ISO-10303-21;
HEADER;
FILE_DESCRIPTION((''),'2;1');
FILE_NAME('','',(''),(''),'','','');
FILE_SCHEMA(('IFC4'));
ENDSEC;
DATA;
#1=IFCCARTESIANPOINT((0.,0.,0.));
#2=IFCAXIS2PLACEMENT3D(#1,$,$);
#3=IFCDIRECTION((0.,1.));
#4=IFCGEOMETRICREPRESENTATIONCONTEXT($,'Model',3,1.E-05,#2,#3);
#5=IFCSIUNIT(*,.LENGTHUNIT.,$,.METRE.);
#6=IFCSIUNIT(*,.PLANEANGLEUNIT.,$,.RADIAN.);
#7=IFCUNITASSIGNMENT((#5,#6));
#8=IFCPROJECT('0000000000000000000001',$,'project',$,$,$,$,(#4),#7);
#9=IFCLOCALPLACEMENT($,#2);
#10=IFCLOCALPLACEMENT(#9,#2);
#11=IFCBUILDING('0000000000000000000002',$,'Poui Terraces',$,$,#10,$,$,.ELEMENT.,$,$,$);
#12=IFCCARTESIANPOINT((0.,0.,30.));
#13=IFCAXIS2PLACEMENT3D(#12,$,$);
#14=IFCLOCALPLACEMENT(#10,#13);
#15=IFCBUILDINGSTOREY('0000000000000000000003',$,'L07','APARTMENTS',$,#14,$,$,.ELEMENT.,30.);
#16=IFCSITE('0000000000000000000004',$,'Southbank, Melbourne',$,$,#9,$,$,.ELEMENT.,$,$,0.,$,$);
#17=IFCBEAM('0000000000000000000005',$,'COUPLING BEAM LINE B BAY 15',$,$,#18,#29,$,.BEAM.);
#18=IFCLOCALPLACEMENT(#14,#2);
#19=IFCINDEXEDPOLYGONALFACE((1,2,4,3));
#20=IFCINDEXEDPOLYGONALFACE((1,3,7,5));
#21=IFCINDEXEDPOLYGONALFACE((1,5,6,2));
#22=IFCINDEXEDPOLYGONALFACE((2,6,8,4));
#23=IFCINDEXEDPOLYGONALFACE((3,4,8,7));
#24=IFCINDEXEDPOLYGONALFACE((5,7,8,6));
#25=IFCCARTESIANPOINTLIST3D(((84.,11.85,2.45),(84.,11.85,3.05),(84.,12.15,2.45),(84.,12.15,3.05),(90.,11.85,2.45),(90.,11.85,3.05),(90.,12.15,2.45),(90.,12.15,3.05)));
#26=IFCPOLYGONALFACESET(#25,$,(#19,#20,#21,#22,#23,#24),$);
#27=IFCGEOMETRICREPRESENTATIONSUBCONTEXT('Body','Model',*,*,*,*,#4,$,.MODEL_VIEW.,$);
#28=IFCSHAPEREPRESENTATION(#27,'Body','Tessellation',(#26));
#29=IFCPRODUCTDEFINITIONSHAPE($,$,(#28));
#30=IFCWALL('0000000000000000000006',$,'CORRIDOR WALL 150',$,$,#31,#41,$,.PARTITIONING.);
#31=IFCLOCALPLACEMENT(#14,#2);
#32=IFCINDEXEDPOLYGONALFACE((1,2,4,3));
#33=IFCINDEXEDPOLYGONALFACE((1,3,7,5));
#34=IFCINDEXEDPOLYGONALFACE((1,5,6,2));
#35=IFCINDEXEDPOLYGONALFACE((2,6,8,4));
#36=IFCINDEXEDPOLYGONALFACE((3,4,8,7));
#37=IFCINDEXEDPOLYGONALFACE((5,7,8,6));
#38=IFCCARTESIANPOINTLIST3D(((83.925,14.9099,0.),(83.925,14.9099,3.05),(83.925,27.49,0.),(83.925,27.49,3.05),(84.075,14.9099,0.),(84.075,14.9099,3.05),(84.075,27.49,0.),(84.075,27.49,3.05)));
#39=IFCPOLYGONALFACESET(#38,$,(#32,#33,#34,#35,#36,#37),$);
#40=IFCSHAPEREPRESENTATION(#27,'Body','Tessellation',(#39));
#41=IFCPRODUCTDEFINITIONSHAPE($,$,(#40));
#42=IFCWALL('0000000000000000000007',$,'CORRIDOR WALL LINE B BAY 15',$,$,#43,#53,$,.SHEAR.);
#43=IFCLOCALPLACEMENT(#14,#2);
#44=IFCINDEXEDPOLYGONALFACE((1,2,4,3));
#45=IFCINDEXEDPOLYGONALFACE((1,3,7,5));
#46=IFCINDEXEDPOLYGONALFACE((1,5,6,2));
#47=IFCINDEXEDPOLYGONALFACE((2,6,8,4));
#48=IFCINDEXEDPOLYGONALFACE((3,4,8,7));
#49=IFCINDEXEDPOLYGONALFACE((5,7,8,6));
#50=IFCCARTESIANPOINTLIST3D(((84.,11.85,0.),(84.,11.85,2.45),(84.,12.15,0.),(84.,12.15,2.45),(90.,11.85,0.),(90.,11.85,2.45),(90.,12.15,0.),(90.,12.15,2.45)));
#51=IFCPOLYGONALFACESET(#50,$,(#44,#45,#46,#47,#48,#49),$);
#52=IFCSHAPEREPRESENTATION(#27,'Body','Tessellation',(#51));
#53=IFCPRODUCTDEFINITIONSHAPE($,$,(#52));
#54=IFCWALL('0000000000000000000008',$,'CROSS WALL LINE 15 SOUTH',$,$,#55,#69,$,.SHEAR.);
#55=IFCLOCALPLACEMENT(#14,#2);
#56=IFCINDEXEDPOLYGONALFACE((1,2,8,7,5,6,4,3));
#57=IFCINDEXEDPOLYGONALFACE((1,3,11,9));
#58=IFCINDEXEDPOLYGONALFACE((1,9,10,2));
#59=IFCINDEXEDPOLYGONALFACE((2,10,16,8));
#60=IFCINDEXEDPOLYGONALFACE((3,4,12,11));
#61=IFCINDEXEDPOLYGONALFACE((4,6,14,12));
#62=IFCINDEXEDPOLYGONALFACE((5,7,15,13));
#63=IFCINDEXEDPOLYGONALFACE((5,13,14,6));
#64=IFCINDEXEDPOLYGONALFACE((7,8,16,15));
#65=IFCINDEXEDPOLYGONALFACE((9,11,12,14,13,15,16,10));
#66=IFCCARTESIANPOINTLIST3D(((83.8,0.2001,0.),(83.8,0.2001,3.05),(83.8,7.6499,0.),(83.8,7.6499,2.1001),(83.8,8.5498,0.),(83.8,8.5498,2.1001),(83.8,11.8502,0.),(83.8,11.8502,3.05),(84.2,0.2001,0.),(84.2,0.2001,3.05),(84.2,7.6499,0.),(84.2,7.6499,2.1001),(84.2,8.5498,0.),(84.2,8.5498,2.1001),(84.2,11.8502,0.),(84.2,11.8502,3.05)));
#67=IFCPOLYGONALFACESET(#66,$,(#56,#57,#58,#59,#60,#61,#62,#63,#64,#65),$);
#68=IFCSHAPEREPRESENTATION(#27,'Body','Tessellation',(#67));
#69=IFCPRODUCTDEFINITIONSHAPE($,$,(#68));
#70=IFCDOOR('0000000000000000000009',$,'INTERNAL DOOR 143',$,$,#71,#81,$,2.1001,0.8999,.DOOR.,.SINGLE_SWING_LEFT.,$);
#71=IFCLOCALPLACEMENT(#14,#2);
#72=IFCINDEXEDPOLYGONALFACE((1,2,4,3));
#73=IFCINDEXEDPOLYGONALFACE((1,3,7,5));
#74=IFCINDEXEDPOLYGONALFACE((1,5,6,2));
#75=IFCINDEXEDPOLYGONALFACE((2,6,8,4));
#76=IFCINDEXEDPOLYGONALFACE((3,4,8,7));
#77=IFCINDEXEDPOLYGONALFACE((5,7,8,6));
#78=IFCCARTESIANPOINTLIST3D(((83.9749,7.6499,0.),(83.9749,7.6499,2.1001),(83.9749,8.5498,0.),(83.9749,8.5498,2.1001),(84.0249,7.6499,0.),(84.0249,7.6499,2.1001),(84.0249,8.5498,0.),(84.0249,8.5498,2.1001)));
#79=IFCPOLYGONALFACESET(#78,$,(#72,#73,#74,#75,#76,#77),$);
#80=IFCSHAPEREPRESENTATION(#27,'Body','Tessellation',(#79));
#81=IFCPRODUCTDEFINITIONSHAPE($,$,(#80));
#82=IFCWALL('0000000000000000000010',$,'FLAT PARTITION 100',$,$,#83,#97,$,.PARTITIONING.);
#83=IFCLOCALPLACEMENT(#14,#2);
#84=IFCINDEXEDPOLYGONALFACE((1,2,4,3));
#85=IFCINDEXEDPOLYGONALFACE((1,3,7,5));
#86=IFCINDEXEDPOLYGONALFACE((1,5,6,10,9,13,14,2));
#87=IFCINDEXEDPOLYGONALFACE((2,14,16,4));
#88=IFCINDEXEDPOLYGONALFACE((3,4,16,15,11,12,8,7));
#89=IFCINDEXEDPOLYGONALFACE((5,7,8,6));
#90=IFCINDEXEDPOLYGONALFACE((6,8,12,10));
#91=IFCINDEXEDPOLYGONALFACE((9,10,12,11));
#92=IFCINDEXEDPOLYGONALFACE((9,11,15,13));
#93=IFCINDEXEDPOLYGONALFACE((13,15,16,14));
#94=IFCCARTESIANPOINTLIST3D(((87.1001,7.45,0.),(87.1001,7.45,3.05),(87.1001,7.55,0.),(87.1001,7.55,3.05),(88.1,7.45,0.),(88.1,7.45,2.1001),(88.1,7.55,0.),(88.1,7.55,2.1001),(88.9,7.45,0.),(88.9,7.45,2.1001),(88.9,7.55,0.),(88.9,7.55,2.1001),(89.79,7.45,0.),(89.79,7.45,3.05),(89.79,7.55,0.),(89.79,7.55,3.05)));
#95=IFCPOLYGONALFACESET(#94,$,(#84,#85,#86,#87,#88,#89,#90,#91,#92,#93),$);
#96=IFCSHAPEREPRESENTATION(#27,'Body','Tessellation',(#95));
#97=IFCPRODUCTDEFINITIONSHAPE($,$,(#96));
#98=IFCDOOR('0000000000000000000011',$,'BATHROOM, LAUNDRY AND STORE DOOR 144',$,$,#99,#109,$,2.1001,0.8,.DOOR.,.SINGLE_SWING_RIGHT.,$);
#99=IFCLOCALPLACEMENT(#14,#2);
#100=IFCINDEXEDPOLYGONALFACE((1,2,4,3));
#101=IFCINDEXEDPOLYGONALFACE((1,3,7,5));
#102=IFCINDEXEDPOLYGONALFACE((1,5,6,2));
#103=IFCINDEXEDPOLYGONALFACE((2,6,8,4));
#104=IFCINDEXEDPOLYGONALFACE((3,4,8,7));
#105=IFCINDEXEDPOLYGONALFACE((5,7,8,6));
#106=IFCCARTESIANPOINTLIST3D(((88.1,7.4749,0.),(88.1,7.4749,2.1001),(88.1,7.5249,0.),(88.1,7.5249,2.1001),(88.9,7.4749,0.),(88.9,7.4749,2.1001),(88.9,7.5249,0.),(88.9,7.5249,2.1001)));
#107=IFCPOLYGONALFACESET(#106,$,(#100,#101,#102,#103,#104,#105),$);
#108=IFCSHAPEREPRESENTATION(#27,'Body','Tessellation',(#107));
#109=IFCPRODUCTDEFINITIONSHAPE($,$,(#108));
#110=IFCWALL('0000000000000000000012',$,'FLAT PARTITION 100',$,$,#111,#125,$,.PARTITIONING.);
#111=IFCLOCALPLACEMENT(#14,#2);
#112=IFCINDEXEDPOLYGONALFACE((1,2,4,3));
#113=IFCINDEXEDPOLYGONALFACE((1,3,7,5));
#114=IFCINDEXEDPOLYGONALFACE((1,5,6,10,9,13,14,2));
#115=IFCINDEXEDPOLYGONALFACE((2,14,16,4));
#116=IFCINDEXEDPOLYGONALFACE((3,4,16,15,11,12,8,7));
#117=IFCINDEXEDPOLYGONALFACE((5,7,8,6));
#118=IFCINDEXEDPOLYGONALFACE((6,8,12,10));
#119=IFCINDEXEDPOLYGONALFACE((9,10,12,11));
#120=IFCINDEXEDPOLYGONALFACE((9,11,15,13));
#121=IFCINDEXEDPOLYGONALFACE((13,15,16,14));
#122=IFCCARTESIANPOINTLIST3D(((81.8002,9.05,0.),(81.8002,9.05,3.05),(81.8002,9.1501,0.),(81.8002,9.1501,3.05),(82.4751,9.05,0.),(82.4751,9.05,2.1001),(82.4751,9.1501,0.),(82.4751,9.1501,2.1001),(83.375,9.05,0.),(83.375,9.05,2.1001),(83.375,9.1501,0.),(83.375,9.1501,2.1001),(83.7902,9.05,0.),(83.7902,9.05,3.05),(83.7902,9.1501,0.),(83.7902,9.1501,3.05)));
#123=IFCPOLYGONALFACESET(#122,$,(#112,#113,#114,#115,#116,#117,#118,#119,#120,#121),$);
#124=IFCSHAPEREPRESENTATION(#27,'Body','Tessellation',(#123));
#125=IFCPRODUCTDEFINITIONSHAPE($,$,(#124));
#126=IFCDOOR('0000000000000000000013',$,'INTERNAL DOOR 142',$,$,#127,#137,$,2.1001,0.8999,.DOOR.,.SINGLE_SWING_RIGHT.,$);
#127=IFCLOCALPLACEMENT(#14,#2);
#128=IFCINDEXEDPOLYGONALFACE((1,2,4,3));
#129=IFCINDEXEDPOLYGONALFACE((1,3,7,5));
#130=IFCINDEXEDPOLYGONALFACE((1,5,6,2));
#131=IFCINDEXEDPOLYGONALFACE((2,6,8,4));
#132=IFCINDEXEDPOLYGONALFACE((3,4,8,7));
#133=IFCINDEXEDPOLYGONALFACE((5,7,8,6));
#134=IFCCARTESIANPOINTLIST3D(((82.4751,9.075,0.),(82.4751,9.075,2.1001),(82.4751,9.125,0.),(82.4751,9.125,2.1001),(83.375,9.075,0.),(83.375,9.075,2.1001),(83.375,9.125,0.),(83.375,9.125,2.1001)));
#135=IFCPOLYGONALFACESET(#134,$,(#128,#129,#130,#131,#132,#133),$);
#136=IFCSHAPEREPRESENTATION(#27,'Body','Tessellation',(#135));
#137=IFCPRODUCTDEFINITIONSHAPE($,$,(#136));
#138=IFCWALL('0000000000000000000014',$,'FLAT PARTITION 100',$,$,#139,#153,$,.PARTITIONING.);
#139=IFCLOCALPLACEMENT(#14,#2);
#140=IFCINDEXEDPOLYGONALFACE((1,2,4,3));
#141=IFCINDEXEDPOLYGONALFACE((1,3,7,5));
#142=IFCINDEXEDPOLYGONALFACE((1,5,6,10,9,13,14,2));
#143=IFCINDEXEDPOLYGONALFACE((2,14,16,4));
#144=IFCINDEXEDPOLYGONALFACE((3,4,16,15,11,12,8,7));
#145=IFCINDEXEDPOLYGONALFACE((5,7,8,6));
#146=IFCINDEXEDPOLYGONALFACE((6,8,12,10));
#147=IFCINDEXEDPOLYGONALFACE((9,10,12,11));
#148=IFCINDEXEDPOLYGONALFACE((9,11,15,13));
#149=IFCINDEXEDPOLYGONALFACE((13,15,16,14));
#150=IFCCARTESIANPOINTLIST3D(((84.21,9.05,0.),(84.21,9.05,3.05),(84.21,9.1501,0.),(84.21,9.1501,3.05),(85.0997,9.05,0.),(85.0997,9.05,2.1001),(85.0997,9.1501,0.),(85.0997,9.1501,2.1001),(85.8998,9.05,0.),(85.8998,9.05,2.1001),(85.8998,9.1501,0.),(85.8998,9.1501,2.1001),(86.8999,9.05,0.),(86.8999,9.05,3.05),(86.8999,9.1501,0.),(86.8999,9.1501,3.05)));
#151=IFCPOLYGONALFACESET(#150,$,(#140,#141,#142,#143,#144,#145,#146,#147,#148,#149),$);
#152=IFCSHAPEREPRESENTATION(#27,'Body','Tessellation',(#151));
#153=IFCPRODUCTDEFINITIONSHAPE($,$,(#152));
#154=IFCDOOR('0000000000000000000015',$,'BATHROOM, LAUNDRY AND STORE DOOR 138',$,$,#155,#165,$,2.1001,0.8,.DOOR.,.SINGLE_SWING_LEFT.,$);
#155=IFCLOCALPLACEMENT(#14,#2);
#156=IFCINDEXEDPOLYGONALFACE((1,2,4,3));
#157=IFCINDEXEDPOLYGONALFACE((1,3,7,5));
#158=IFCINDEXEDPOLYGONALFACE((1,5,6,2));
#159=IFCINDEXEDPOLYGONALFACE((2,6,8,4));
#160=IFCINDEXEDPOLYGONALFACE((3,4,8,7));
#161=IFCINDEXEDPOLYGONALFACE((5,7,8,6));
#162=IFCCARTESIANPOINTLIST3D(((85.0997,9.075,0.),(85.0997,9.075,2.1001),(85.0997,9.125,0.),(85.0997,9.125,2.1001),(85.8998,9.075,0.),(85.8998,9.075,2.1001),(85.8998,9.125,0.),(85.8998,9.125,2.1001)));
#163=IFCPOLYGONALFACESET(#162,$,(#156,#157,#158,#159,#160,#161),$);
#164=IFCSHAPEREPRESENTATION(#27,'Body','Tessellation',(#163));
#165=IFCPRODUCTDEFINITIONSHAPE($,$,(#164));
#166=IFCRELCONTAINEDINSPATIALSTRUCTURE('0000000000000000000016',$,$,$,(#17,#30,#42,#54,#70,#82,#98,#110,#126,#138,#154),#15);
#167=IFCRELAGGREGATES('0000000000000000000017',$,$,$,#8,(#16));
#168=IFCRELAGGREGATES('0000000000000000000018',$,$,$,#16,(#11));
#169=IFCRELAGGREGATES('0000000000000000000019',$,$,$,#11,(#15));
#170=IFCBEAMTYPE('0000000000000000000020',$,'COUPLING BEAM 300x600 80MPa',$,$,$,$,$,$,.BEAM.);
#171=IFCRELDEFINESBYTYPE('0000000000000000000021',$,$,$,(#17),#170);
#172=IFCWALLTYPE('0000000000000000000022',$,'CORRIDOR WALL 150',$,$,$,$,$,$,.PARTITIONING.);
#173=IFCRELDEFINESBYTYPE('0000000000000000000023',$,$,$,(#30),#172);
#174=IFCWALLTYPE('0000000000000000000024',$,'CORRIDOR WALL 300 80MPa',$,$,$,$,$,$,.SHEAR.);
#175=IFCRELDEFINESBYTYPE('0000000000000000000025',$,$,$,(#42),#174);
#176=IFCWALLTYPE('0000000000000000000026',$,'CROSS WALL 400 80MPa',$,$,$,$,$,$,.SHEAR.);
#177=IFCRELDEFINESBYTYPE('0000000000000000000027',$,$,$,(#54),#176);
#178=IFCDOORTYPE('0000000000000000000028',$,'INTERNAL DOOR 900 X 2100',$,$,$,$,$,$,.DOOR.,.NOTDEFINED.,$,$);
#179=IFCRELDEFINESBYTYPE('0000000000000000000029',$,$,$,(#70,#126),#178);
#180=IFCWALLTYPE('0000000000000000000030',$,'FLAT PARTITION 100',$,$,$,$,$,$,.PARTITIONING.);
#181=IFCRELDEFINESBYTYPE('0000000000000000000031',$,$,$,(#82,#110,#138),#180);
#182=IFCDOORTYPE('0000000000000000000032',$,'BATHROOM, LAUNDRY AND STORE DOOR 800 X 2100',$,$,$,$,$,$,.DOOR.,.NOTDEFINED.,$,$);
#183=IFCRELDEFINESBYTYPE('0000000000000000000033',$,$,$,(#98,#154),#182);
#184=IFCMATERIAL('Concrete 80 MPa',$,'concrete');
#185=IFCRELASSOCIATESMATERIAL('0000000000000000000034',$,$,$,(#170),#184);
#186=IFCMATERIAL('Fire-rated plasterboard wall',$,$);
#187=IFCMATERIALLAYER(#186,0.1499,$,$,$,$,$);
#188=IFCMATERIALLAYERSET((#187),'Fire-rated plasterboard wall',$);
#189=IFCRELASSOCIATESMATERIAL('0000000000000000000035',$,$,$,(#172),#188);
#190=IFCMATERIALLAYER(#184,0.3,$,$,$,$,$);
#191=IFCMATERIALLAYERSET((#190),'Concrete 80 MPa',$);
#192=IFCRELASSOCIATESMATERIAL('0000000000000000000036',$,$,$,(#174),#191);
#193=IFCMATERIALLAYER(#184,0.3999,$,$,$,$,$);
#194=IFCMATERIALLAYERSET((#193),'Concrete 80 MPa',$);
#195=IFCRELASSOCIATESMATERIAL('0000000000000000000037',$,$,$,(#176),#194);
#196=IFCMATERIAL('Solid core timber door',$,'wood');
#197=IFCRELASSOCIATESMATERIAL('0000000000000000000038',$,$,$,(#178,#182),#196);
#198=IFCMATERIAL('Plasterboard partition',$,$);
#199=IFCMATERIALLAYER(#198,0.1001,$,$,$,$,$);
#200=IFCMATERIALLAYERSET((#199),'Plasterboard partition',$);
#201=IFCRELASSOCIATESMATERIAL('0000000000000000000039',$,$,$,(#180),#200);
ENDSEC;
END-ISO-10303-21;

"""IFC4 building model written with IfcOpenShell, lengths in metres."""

from ifc_helpers import new_model, si_unit, direction, frame, frame_2d, origin, origin_2d, place, context, subcontext, project, spatial, rectangle, extrude, source, transform, mapped, material, layer, layer_set, material_profile, profile_set, type_object, element, fill, save


model = new_model("IFC4")

# Units and contexts
model_context = context("Model", 3, precision=1e-05, world=origin(), true_north=direction((0.0, 1.0)))
body_context = subcontext(model_context, "Body", "Model", "MODEL_VIEW")
ifc_project = project(units=[si_unit("LENGTHUNIT", "METRE"), si_unit("PLANEANGLEUNIT", "RADIAN")], contexts=[model_context])

# Site, building, storey
site_placement = place(None, origin())
site = spatial("IfcSite", under=ifc_project, at=site_placement, Name="Southbank, Melbourne", CompositionType="ELEMENT", RefElevation=0.0)
building_placement = place(site_placement, origin())
building = spatial("IfcBuilding", under=site, at=building_placement, Name="Poui Terraces", CompositionType="ELEMENT")
storey_placement = place(building_placement, frame((0.0, 0.0, 30.0)))
storey = spatial("IfcBuildingStorey", under=building, at=storey_placement, Name="L07", Description="APARTMENTS", CompositionType="ELEMENT", Elevation=30.0)

# Beam
ifc_material_1 = material(Name="Concrete 80 MPa", Category="concrete")
ifc_material_profile = material_profile(ifc_material_1, rectangle(XDim=0.3, YDim=0.6001, at=origin_2d()), Name="RC 300x600")
ifc_profile_set = profile_set([ifc_material_profile], Name="Concrete 80 MPa")
beam_type = type_object("IfcBeamType", Name="COUPLING BEAM 300x600 80MPa", PredefinedType="BEAM", material=ifc_profile_set)
shared_shape = source(origin(), body_context, "Body", "SweptSolid", [
    extrude(rectangle(XDim=0.3, YDim=0.6001, at=origin_2d()), origin(), (0.0, 0.0, 1.0), 6.0),
])
beam_placement = place(storey_placement, frame((84.0, 12.0, 2.75), z_axis=(1.0, 0.0, 0.0), x_axis=(0.0, 1.0, 0.0)))
element("IfcBeam", 1, at=beam_placement, inside=storey, type_object=beam_type, Name="COUPLING BEAM LINE B BAY 15", PredefinedType="BEAM", context=body_context, shape_type="MappedRepresentation", body=[
    mapped(shared_shape, transform((0.0, 0.0, 0.0))),
])

# Walls
ifc_material_2 = material(Name="Fire-rated plasterboard wall")
ifc_layer_1 = layer(ifc_material_2, 0.1499)
ifc_layer_set_1 = layer_set([ifc_layer_1], Name="Fire-rated plasterboard wall")
wall_type_1 = type_object("IfcWallType", Name="CORRIDOR WALL 150", PredefinedType="PARTITIONING", material=ifc_layer_set_1)
wall_1_placement = place(storey_placement, frame((84.0, 14.9099, 0.0), z_axis=(0.0, 0.0, 1.0), x_axis=(0.0, 1.0, 0.0)))
element("IfcWall", 2, at=wall_1_placement, inside=storey, type_object=wall_type_1, Name="CORRIDOR WALL 150", PredefinedType="PARTITIONING", context=body_context, shape_type="SweptSolid", body=[
    extrude(rectangle(XDim=12.5801, YDim=0.1499, at=frame_2d((6.29, 0.0))), origin(), (0.0, 0.0, 1.0), 3.05),
])
ifc_layer_2 = layer(ifc_material_1, 0.3)
ifc_layer_set_2 = layer_set([ifc_layer_2], Name="Concrete 80 MPa")
wall_type_2 = type_object("IfcWallType", Name="CORRIDOR WALL 300 80MPa", PredefinedType="SHEAR", material=ifc_layer_set_2)
wall_2_placement = place(storey_placement, frame((84.0, 12.0, 0.0), z_axis=(0.0, 0.0, 1.0), x_axis=(1.0, 0.0, 0.0)))
element("IfcWall", 3, at=wall_2_placement, inside=storey, type_object=wall_type_2, Name="CORRIDOR WALL LINE B BAY 15", PredefinedType="SHEAR", context=body_context, shape_type="SweptSolid", body=[
    extrude(rectangle(XDim=6.0, YDim=0.3, at=frame_2d((3.0, 0.0))), origin(), (0.0, 0.0, 1.0), 2.45),
])

# Walls, openings, doors
ifc_layer_3 = layer(ifc_material_1, 0.3999)
ifc_layer_set_3 = layer_set([ifc_layer_3], Name="Concrete 80 MPa")
wall_type_3 = type_object("IfcWallType", Name="CROSS WALL 400 80MPa", PredefinedType="SHEAR", material=ifc_layer_set_3)
wall_3_placement = place(storey_placement, frame((84.0, 0.2, 0.0), z_axis=(0.0, 0.0, 1.0), x_axis=(0.0, 1.0, 0.0)))
wall_3 = element("IfcWall", 4, at=wall_3_placement, inside=storey, type_object=wall_type_3, Name="CROSS WALL LINE 15 SOUTH", PredefinedType="SHEAR", context=body_context, shape_type="SweptSolid", body=[
    extrude(rectangle(XDim=11.6501, YDim=0.3999, at=frame_2d((5.8252, 0.0))), origin(), (0.0, 0.0, 1.0), 3.05),
])
opening_1_placement = place(wall_3_placement, frame((7.45, 0.0, 0.0)))
opening_1 = element("IfcOpeningElement", 5, at=opening_1_placement, cuts=wall_3, PredefinedType="OPENING", context=body_context, shape_type="SweptSolid", body=[
    extrude(rectangle(XDim=0.8999, YDim=2.1001, at=frame_2d((0.45, 1.05))), frame((0.0, 0.21, 0.0), z_axis=(0.0, -1.0, 0.0), x_axis=(1.0, 0.0, 0.0)), (0.0, 0.0, 1.0), 0.4199),
])
ifc_material_3 = material(Name="Solid core timber door", Category="wood")
door_type_1 = type_object("IfcDoorType", Name="INTERNAL DOOR 900 X 2100", OperationType="NOTDEFINED", PredefinedType="DOOR", material=ifc_material_3)
door_1_placement = place(opening_1_placement, frame((0.8999, 0.0, 0.0), z_axis=(0.0, 0.0, 1.0), x_axis=(-1.0, 0.0, 0.0)))
door_1 = element("IfcDoor", 6, at=door_1_placement, inside=storey, type_object=door_type_1, Name="INTERNAL DOOR 143", OperationType="SINGLE_SWING_LEFT", OverallHeight=2.1001, OverallWidth=0.8999, PredefinedType="DOOR", context=body_context, shape_type="SweptSolid", body=[
    extrude(rectangle(XDim=0.8999, YDim=2.1001, at=frame_2d((0.45, 1.05))), frame((0.0, 0.0249, 0.0), z_axis=(0.0, -1.0, 0.0), x_axis=(1.0, 0.0, 0.0)), (0.0, 0.0, 1.0), 0.05),
])
fill(opening_1, door_1)
ifc_material_4 = material(Name="Plasterboard partition")
ifc_layer_4 = layer(ifc_material_4, 0.1001)
ifc_layer_set_4 = layer_set([ifc_layer_4], Name="Plasterboard partition")
wall_type_4 = type_object("IfcWallType", Name="FLAT PARTITION 100", PredefinedType="PARTITIONING", material=ifc_layer_set_4)
wall_4_placement = place(storey_placement, frame((87.1001, 7.5, 0.0), z_axis=(0.0, 0.0, 1.0), x_axis=(1.0, 0.0, 0.0)))
wall_4 = element("IfcWall", 7, at=wall_4_placement, inside=storey, type_object=wall_type_4, Name="FLAT PARTITION 100", PredefinedType="PARTITIONING", context=body_context, shape_type="SweptSolid", body=[
    extrude(rectangle(XDim=2.6899, YDim=0.1001, at=frame_2d((1.345, 0.0))), origin(), (0.0, 0.0, 1.0), 3.05),
])
opening_2_placement = place(wall_4_placement, frame((1.0, 0.0, 0.0)))
opening_2 = element("IfcOpeningElement", 8, at=opening_2_placement, cuts=wall_4, PredefinedType="OPENING", context=body_context, shape_type="SweptSolid", body=[
    extrude(rectangle(XDim=0.8, YDim=2.1001, at=frame_2d((0.3999, 1.05))), frame((0.0, 0.0601, 0.0), z_axis=(0.0, -1.0, 0.0), x_axis=(1.0, 0.0, 0.0)), (0.0, 0.0, 1.0), 0.1201),
])
door_type_2 = type_object("IfcDoorType", Name="BATHROOM, LAUNDRY AND STORE DOOR 800 X 2100", OperationType="NOTDEFINED", PredefinedType="DOOR", material=ifc_material_3)
door_2_placement = place(opening_2_placement, origin())
door_2 = element("IfcDoor", 9, at=door_2_placement, inside=storey, type_object=door_type_2, Name="BATHROOM, LAUNDRY AND STORE DOOR 144", OperationType="SINGLE_SWING_RIGHT", OverallHeight=2.1001, OverallWidth=0.8, PredefinedType="DOOR", context=body_context, shape_type="SweptSolid", body=[
    extrude(rectangle(XDim=0.8, YDim=2.1001, at=frame_2d((0.3999, 1.05))), frame((0.0, 0.0249, 0.0), z_axis=(0.0, -1.0, 0.0), x_axis=(1.0, 0.0, 0.0)), (0.0, 0.0, 1.0), 0.05),
])
fill(opening_2, door_2)
wall_5_placement = place(storey_placement, frame((81.8, 9.1001, 0.0), z_axis=(0.0, 0.0, 1.0), x_axis=(1.0, 0.0, 0.0)))
wall_5 = element("IfcWall", 10, at=wall_5_placement, inside=storey, type_object=wall_type_4, Name="FLAT PARTITION 100", PredefinedType="PARTITIONING", context=body_context, shape_type="SweptSolid", body=[
    extrude(rectangle(XDim=1.99, YDim=0.1001, at=frame_2d((0.9951, 0.0))), origin(), (0.0, 0.0, 1.0), 3.05),
])
opening_3_placement = place(wall_5_placement, frame((0.675, 0.0, 0.0)))
opening_3 = element("IfcOpeningElement", 11, at=opening_3_placement, cuts=wall_5, PredefinedType="OPENING", context=body_context, shape_type="SweptSolid", body=[
    extrude(rectangle(XDim=0.8999, YDim=2.1001, at=frame_2d((0.45, 1.05))), frame((0.0, 0.0601, 0.0), z_axis=(0.0, -1.0, 0.0), x_axis=(1.0, 0.0, 0.0)), (0.0, 0.0, 1.0), 0.1201),
])
door_3_placement = place(opening_3_placement, origin())
door_3 = element("IfcDoor", 12, at=door_3_placement, inside=storey, type_object=door_type_1, Name="INTERNAL DOOR 142", OperationType="SINGLE_SWING_RIGHT", OverallHeight=2.1001, OverallWidth=0.8999, PredefinedType="DOOR", context=body_context, shape_type="SweptSolid", body=[
    extrude(rectangle(XDim=0.8999, YDim=2.1001, at=frame_2d((0.45, 1.05))), frame((0.0, 0.0249, 0.0), z_axis=(0.0, -1.0, 0.0), x_axis=(1.0, 0.0, 0.0)), (0.0, 0.0, 1.0), 0.05),
])
fill(opening_3, door_3)
wall_6_placement = place(storey_placement, frame((84.21, 9.1001, 0.0), z_axis=(0.0, 0.0, 1.0), x_axis=(1.0, 0.0, 0.0)))
wall_6 = element("IfcWall", 13, at=wall_6_placement, inside=storey, type_object=wall_type_4, Name="FLAT PARTITION 100", PredefinedType="PARTITIONING", context=body_context, shape_type="SweptSolid", body=[
    extrude(rectangle(XDim=2.6899, YDim=0.1001, at=frame_2d((1.345, 0.0))), origin(), (0.0, 0.0, 1.0), 3.05),
])
opening_4_placement = place(wall_6_placement, frame((0.8899, 0.0, 0.0)))
opening_4 = element("IfcOpeningElement", 14, at=opening_4_placement, cuts=wall_6, PredefinedType="OPENING", context=body_context, shape_type="SweptSolid", body=[
    extrude(rectangle(XDim=0.8, YDim=2.1001, at=frame_2d((0.3999, 1.05))), frame((0.0, 0.0601, 0.0), z_axis=(0.0, -1.0, 0.0), x_axis=(1.0, 0.0, 0.0)), (0.0, 0.0, 1.0), 0.1201),
])
door_4_placement = place(opening_4_placement, origin())
door_4 = element("IfcDoor", 15, at=door_4_placement, inside=storey, type_object=door_type_2, Name="BATHROOM, LAUNDRY AND STORE DOOR 138", OperationType="SINGLE_SWING_LEFT", OverallHeight=2.1001, OverallWidth=0.8, PredefinedType="DOOR", context=body_context, shape_type="SweptSolid", body=[
    extrude(rectangle(XDim=0.8, YDim=2.1001, at=frame_2d((0.3999, 1.05))), frame((0.0, 0.0249, 0.0), z_axis=(0.0, -1.0, 0.0), x_axis=(1.0, 0.0, 0.0)), (0.0, 0.0, 1.0), 0.05),
])
fill(opening_4, door_4)

save(model, "model.ifc")
